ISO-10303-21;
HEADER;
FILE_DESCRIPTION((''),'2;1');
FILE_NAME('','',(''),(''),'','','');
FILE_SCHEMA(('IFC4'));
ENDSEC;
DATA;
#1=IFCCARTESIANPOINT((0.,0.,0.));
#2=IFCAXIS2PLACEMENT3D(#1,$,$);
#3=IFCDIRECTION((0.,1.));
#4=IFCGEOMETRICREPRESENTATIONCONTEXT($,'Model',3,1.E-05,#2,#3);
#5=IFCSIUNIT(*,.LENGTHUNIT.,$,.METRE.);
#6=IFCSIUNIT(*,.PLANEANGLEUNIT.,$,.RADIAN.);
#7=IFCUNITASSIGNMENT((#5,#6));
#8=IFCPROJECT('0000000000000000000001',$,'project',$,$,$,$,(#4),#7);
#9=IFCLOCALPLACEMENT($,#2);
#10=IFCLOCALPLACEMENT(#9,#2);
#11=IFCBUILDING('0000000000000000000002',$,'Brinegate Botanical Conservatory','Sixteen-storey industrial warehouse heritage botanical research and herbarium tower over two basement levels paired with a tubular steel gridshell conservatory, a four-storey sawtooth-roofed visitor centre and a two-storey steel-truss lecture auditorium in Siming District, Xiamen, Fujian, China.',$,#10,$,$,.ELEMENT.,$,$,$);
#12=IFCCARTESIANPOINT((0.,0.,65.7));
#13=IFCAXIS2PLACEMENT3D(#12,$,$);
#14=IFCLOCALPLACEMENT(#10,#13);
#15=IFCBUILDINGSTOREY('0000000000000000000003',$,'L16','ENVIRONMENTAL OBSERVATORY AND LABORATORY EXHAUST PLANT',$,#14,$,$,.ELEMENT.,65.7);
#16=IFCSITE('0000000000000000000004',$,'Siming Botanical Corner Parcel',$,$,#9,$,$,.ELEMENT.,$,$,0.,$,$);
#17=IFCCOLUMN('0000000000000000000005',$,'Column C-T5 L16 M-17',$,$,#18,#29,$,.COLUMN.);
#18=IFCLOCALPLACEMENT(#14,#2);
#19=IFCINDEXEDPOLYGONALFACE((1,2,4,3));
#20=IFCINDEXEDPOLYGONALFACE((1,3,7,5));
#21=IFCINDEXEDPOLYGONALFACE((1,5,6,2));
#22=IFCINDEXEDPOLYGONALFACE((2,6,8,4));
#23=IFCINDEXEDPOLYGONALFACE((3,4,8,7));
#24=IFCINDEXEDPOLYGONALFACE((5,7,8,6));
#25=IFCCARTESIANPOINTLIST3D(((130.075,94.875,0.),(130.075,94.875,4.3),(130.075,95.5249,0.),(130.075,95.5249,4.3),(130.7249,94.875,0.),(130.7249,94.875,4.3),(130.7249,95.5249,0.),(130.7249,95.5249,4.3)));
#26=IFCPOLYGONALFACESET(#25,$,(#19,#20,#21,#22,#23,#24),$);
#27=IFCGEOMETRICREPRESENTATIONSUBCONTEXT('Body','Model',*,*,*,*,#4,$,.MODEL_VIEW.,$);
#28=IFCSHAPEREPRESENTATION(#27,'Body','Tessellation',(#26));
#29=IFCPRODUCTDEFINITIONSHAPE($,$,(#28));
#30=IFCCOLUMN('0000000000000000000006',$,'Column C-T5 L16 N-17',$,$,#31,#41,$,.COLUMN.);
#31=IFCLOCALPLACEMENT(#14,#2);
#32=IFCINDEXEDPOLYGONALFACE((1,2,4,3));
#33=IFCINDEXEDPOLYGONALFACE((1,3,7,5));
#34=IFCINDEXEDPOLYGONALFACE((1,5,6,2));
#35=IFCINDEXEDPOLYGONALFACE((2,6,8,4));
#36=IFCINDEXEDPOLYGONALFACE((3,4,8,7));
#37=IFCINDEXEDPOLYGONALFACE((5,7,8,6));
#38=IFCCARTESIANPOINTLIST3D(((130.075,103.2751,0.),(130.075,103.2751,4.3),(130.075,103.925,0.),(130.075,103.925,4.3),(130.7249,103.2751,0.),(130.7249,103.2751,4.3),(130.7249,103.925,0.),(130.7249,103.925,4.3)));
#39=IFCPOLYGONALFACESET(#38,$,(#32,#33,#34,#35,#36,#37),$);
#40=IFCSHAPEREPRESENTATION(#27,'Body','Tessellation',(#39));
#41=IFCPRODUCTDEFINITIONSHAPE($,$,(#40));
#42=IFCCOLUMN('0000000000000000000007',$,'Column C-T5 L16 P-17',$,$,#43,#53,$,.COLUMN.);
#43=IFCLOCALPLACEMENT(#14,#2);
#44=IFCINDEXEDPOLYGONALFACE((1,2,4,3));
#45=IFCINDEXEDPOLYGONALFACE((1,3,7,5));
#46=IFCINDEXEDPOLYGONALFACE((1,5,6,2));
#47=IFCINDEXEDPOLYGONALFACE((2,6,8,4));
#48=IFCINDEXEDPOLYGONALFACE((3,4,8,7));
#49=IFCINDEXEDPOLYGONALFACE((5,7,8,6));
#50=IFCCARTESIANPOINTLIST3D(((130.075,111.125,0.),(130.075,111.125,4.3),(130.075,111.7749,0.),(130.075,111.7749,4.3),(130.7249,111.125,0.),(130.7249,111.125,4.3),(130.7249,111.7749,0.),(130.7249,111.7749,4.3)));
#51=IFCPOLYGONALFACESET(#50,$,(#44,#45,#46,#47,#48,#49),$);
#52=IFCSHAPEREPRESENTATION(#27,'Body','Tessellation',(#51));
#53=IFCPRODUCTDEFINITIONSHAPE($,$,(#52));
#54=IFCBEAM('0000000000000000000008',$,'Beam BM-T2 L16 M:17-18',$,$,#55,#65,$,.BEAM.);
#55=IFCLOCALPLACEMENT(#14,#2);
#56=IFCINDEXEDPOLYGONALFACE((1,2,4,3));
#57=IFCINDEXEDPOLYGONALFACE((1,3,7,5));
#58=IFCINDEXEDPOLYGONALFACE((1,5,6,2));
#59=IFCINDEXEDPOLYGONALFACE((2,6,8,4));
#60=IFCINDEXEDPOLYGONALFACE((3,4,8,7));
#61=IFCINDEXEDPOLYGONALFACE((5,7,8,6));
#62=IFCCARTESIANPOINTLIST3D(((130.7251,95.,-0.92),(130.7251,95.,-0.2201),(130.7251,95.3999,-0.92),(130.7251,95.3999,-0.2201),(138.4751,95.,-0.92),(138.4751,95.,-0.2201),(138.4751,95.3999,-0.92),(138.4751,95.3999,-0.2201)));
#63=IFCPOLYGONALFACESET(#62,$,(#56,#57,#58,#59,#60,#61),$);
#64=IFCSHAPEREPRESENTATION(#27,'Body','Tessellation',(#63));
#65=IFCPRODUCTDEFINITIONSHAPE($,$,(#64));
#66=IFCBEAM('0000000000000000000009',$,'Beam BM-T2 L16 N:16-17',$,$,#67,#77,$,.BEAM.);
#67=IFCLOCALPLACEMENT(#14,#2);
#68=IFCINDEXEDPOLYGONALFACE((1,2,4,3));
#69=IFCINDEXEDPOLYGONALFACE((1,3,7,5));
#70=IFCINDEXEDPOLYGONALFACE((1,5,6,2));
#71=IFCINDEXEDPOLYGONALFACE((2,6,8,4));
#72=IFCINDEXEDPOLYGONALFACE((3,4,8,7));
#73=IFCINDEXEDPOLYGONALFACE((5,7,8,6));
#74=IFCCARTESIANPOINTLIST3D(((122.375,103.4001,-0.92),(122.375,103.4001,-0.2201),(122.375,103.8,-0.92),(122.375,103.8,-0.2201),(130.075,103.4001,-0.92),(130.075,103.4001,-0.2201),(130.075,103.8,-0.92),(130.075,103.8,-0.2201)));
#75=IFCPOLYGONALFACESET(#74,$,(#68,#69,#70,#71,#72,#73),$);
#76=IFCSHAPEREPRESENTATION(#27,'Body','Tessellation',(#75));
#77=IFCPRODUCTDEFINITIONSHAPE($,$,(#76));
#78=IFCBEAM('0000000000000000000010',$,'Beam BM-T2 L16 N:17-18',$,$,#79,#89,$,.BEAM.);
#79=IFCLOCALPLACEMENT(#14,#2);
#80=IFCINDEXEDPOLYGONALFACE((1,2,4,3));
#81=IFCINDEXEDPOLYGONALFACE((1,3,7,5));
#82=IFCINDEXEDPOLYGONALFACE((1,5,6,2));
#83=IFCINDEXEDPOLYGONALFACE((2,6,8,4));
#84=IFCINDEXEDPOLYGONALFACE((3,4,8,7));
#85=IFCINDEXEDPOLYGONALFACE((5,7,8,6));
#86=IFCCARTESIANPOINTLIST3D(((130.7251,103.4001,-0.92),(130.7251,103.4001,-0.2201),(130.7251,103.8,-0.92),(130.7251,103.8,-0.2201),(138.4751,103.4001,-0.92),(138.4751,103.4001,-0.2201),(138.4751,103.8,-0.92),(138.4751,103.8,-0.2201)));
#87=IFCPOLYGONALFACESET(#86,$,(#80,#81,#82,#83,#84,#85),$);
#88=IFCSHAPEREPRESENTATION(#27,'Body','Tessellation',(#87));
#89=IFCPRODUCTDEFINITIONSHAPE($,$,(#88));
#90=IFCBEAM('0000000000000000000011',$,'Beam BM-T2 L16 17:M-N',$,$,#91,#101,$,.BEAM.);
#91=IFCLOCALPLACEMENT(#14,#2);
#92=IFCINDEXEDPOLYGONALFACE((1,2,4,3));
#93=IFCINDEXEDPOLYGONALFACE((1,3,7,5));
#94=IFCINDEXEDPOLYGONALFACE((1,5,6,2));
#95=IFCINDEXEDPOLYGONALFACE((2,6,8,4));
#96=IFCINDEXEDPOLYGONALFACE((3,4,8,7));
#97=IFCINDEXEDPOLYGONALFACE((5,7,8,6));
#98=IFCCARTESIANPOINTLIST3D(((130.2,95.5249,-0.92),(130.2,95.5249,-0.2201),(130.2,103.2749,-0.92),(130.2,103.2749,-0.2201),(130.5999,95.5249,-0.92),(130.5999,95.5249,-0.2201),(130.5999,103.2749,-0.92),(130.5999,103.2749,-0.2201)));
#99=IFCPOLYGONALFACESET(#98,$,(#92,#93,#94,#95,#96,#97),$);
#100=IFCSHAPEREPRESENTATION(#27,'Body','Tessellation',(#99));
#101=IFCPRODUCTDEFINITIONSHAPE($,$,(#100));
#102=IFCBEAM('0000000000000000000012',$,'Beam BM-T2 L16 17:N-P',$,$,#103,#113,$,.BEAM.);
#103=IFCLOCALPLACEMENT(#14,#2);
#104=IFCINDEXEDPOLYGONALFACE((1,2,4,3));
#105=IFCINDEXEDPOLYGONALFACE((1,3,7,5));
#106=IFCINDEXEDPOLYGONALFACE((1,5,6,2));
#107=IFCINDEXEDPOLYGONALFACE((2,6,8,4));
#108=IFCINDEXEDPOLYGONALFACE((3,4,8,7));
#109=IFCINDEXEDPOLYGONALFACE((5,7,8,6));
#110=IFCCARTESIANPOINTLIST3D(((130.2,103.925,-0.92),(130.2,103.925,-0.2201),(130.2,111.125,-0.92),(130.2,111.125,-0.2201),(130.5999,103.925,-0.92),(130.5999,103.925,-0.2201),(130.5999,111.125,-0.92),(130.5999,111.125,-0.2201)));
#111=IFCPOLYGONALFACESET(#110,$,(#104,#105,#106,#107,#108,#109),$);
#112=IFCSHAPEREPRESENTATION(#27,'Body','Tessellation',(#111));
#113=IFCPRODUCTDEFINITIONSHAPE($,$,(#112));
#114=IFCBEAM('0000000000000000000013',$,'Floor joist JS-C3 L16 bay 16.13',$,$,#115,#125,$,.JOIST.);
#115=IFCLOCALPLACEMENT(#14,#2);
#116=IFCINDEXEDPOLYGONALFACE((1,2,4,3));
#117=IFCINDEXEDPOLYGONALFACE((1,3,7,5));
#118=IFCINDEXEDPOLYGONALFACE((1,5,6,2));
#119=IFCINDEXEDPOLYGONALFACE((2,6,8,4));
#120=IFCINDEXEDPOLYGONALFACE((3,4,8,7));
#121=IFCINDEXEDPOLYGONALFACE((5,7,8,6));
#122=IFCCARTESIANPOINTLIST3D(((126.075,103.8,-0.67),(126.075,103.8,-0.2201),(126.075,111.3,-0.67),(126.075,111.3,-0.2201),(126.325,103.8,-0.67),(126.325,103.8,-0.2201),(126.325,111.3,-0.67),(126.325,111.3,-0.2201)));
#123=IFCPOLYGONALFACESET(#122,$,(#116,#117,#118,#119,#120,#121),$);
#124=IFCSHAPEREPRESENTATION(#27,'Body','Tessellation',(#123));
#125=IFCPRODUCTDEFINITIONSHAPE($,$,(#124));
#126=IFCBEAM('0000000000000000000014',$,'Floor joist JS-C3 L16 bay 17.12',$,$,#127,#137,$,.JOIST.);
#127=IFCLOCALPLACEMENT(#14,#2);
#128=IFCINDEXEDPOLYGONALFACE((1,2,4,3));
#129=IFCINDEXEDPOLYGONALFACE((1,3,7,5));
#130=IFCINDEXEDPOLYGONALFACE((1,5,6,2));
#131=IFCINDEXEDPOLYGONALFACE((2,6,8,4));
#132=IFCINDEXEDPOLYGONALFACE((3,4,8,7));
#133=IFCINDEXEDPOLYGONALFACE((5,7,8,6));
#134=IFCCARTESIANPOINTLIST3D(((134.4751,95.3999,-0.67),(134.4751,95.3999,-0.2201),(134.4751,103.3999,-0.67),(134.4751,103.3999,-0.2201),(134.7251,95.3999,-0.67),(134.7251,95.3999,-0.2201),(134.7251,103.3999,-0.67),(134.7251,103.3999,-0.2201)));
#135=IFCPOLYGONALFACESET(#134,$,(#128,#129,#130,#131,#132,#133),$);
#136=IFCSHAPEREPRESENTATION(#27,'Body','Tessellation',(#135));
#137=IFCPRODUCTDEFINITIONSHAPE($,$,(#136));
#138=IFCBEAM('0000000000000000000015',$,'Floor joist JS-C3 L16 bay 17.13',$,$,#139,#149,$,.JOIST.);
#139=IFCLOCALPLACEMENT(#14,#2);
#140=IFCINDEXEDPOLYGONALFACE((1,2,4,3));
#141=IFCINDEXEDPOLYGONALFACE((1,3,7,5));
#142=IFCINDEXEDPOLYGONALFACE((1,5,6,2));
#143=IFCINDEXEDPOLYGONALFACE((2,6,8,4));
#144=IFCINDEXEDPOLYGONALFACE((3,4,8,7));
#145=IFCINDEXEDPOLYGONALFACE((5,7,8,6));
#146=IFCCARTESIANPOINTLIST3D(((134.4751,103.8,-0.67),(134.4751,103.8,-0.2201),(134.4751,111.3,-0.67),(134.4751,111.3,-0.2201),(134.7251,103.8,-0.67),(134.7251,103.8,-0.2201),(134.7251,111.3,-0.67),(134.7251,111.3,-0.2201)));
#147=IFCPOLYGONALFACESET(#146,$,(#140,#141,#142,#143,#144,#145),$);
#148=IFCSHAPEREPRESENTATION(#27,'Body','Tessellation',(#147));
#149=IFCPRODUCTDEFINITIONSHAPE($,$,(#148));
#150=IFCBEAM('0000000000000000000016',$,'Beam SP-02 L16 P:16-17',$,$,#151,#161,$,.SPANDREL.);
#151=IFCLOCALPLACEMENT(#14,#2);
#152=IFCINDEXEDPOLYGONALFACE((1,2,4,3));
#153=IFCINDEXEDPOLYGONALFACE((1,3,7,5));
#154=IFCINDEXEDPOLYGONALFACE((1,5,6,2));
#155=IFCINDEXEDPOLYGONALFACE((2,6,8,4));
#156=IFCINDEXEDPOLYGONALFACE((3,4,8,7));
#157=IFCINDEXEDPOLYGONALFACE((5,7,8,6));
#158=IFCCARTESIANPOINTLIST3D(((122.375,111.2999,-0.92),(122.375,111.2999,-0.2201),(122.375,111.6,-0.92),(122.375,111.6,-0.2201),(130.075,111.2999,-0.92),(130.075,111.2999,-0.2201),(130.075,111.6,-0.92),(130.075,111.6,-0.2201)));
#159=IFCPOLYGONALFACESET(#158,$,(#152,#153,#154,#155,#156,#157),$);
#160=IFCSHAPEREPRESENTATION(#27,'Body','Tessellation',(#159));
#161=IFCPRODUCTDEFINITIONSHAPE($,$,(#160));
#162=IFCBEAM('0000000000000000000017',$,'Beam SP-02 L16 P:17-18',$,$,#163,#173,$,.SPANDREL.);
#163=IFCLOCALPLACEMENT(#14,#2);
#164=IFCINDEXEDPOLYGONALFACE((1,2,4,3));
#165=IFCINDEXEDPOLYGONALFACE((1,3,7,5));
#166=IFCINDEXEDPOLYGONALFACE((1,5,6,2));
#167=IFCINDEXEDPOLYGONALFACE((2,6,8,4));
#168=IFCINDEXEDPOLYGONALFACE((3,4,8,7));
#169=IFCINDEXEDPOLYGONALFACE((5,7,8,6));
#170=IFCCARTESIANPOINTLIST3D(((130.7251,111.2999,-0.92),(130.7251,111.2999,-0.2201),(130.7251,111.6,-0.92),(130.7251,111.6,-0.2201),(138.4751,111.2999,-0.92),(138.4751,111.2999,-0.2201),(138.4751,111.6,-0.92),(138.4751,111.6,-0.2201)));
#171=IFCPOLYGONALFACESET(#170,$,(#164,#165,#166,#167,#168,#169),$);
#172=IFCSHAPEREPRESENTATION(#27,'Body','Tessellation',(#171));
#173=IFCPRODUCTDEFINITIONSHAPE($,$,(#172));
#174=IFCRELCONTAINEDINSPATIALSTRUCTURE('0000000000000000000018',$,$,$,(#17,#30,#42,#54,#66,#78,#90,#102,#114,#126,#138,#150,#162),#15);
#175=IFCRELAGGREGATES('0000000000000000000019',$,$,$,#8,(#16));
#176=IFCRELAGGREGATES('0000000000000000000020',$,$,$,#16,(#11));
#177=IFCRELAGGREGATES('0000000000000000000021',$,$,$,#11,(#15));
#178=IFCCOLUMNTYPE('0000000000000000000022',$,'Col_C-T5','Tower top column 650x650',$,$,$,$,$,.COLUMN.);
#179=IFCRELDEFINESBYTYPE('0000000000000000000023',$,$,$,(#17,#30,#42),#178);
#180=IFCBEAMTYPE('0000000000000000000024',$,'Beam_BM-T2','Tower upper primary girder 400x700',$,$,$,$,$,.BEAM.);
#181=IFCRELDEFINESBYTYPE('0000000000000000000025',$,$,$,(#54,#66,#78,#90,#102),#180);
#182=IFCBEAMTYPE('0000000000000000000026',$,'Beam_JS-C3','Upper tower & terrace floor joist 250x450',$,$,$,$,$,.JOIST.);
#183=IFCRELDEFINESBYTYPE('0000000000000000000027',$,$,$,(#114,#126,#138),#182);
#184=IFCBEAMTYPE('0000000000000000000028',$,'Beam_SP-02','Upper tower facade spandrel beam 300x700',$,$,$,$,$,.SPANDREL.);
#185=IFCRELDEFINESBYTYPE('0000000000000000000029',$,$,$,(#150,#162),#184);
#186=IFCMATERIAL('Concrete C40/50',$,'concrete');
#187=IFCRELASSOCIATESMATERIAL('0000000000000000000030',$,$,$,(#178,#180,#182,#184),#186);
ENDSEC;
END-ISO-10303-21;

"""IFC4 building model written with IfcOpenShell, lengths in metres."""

from ifc_helpers import new_model, si_unit, direction, frame, origin, origin_2d, place, context, subcontext, project, spatial, rectangle, extrude, material, material_profile, profile_set, type_object, element, save


model = new_model("IFC4")

# Units and contexts
model_context = context("Model", 3, precision=1e-05, world=origin(), true_north=direction((0.0, 1.0)))
body_context = subcontext(model_context, "Body", "Model", "MODEL_VIEW")
ifc_project = project(units=[si_unit("LENGTHUNIT", "METRE"), si_unit("PLANEANGLEUNIT", "RADIAN")], contexts=[model_context])

# Site, building, storey
site_placement = place(None, origin())
site = spatial("IfcSite", under=ifc_project, at=site_placement, Name="Siming Botanical Corner Parcel", CompositionType="ELEMENT", RefElevation=0.0)
building_placement = place(site_placement, origin())
building = spatial("IfcBuilding", under=site, at=building_placement, Name="Brinegate Botanical Conservatory", Description="Sixteen-storey industrial warehouse heritage botanical research and herbarium tower over two basement levels paired with a tubular steel gridshell conservatory, a four-storey sawtooth-roofed visitor centre and a two-storey steel-truss lecture auditorium in Siming District, Xiamen, Fujian, China.", CompositionType="ELEMENT")
storey_placement = place(building_placement, frame((0.0, 0.0, 65.7)))
storey = spatial("IfcBuildingStorey", under=building, at=storey_placement, Name="L16", Description="ENVIRONMENTAL OBSERVATORY AND LABORATORY EXHAUST PLANT", CompositionType="ELEMENT", Elevation=65.7)

# Columns
ifc_material_1 = material(Name="Concrete C40/50", Category="concrete")
ifc_material_profile_1 = material_profile(ifc_material_1, rectangle(XDim=0.6499, YDim=0.6499, at=origin_2d()), Name="RC COL 650x650")
ifc_profile_set_1 = profile_set([ifc_material_profile_1], Name="Concrete C40/50")
column_type = type_object("IfcColumnType", Name="Col_C-T5", Description="Tower top column 650x650", PredefinedType="COLUMN", material=ifc_profile_set_1)
for number, where, z_axis, x_axis, name in (
    (1, (130.3999, 95.2, 0.0), (0.0, 0.0, 1.0), (1.0, 0.0, 0.0), "Column C-T5 L16 M-17"),
    (2, (130.3999, 103.6001, 0.0), (0.0, 0.0, 1.0), (1.0, 0.0, 0.0), "Column C-T5 L16 N-17"),
    (3, (130.3999, 111.45, 0.0), (0.0, 0.0, 1.0), (1.0, 0.0, 0.0), "Column C-T5 L16 P-17"),
):
    element("IfcColumn", number, at=place(storey_placement, frame(where, z_axis=z_axis, x_axis=x_axis)), inside=storey, type_object=column_type, Name=name, PredefinedType="COLUMN", context=body_context, shape_type="SweptSolid", body=[
        extrude(rectangle(XDim=0.6499, YDim=0.6499, at=origin_2d()), origin(), (0.0, 0.0, 1.0), 4.3),
    ])

# Beams
ifc_material_profile_2 = material_profile(ifc_material_1, rectangle(XDim=0.3999, YDim=0.7, at=origin_2d()), Name="RC BM 400x700")
ifc_profile_set_2 = profile_set([ifc_material_profile_2], Name="Concrete C40/50")
beam_type_1 = type_object("IfcBeamType", Name="Beam_BM-T2", Description="Tower upper primary girder 400x700", PredefinedType="BEAM", material=ifc_profile_set_2)
beam_1_placement = place(storey_placement, frame((130.7251, 95.2, -0.5701), z_axis=(1.0, 0.0, 0.0), x_axis=(0.0, 1.0, 0.0)))
element("IfcBeam", 4, at=beam_1_placement, inside=storey, type_object=beam_type_1, Name="Beam BM-T2 L16 M:17-18", PredefinedType="BEAM", context=body_context, shape_type="SweptSolid", body=[
    extrude(rectangle(XDim=0.3999, YDim=0.7, at=origin_2d()), origin(), (0.0, 0.0, 1.0), 7.75),
])
beam_2_placement = place(storey_placement, frame((122.375, 103.6001, -0.5701), z_axis=(1.0, 0.0, 0.0), x_axis=(0.0, 1.0, 0.0)))
element("IfcBeam", 5, at=beam_2_placement, inside=storey, type_object=beam_type_1, Name="Beam BM-T2 L16 N:16-17", PredefinedType="BEAM", context=body_context, shape_type="SweptSolid", body=[
    extrude(rectangle(XDim=0.3999, YDim=0.7, at=origin_2d()), origin(), (0.0, 0.0, 1.0), 7.7),
])
for number, where, z_axis, x_axis, name in (
    (6, (130.7251, 103.6001, -0.5701), (1.0, 0.0, 0.0), (0.0, 1.0, 0.0), "Beam BM-T2 L16 N:17-18"),
    (7, (130.3999, 95.5249, -0.5701), (0.0, 1.0, 0.0), (-1.0, 0.0, 0.0), "Beam BM-T2 L16 17:M-N"),
):
    element("IfcBeam", number, at=place(storey_placement, frame(where, z_axis=z_axis, x_axis=x_axis)), inside=storey, type_object=beam_type_1, Name=name, PredefinedType="BEAM", context=body_context, shape_type="SweptSolid", body=[
        extrude(rectangle(XDim=0.3999, YDim=0.7, at=origin_2d()), origin(), (0.0, 0.0, 1.0), 7.75),
    ])
beam_3_placement = place(storey_placement, frame((130.3999, 103.925, -0.5701), z_axis=(0.0, 1.0, 0.0), x_axis=(-1.0, 0.0, 0.0)))
element("IfcBeam", 8, at=beam_3_placement, inside=storey, type_object=beam_type_1, Name="Beam BM-T2 L16 17:N-P", PredefinedType="BEAM", context=body_context, shape_type="SweptSolid", body=[
    extrude(rectangle(XDim=0.3999, YDim=0.7, at=origin_2d()), origin(), (0.0, 0.0, 1.0), 7.2),
])
ifc_material_profile_3 = material_profile(ifc_material_1, rectangle(XDim=0.25, YDim=0.45, at=origin_2d()), Name="RC JST 250x450")
ifc_profile_set_3 = profile_set([ifc_material_profile_3], Name="Concrete C40/50")
beam_type_2 = type_object("IfcBeamType", Name="Beam_JS-C3", Description="Upper tower & terrace floor joist 250x450", PredefinedType="JOIST", material=ifc_profile_set_3)
beam_4_placement = place(storey_placement, frame((126.2, 103.8, -0.4451), z_axis=(0.0, 1.0, 0.0), x_axis=(-1.0, 0.0, 0.0)))
element("IfcBeam", 9, at=beam_4_placement, inside=storey, type_object=beam_type_2, Name="Floor joist JS-C3 L16 bay 16.13", PredefinedType="JOIST", context=body_context, shape_type="SweptSolid", body=[
    extrude(rectangle(XDim=0.25, YDim=0.45, at=origin_2d()), origin(), (0.0, 0.0, 1.0), 7.5),
])
beam_5_placement = place(storey_placement, frame((134.6001, 95.3999, -0.4451), z_axis=(0.0, 1.0, 0.0), x_axis=(-1.0, 0.0, 0.0)))
element("IfcBeam", 10, at=beam_5_placement, inside=storey, type_object=beam_type_2, Name="Floor joist JS-C3 L16 bay 17.12", PredefinedType="JOIST", context=body_context, shape_type="SweptSolid", body=[
    extrude(rectangle(XDim=0.25, YDim=0.45, at=origin_2d()), origin(), (0.0, 0.0, 1.0), 8.0),
])
beam_6_placement = place(storey_placement, frame((134.6001, 103.8, -0.4451), z_axis=(0.0, 1.0, 0.0), x_axis=(-1.0, 0.0, 0.0)))
element("IfcBeam", 11, at=beam_6_placement, inside=storey, type_object=beam_type_2, Name="Floor joist JS-C3 L16 bay 17.13", PredefinedType="JOIST", context=body_context, shape_type="SweptSolid", body=[
    extrude(rectangle(XDim=0.25, YDim=0.45, at=origin_2d()), origin(), (0.0, 0.0, 1.0), 7.5),
])
ifc_material_profile_4 = material_profile(ifc_material_1, rectangle(XDim=0.3, YDim=0.7, at=origin_2d()), Name="RC SPN 300x700")
ifc_profile_set_4 = profile_set([ifc_material_profile_4], Name="Concrete C40/50")
beam_type_3 = type_object("IfcBeamType", Name="Beam_SP-02", Description="Upper tower facade spandrel beam 300x700", PredefinedType="SPANDREL", material=ifc_profile_set_4)
beam_7_placement = place(storey_placement, frame((122.375, 111.45, -0.5701), z_axis=(1.0, 0.0, 0.0), x_axis=(0.0, 1.0, 0.0)))
element("IfcBeam", 12, at=beam_7_placement, inside=storey, type_object=beam_type_3, Name="Beam SP-02 L16 P:16-17", PredefinedType="SPANDREL", context=body_context, shape_type="SweptSolid", body=[
    extrude(rectangle(XDim=0.3, YDim=0.7, at=origin_2d()), origin(), (0.0, 0.0, 1.0), 7.7),
])
beam_8_placement = place(storey_placement, frame((130.7251, 111.45, -0.5701), z_axis=(1.0, 0.0, 0.0), x_axis=(0.0, 1.0, 0.0)))
element("IfcBeam", 13, at=beam_8_placement, inside=storey, type_object=beam_type_3, Name="Beam SP-02 L16 P:17-18", PredefinedType="SPANDREL", context=body_context, shape_type="SweptSolid", body=[
    extrude(rectangle(XDim=0.3, YDim=0.7, at=origin_2d()), origin(), (0.0, 0.0, 1.0), 7.75),
])

save(model, "model.ifc")
